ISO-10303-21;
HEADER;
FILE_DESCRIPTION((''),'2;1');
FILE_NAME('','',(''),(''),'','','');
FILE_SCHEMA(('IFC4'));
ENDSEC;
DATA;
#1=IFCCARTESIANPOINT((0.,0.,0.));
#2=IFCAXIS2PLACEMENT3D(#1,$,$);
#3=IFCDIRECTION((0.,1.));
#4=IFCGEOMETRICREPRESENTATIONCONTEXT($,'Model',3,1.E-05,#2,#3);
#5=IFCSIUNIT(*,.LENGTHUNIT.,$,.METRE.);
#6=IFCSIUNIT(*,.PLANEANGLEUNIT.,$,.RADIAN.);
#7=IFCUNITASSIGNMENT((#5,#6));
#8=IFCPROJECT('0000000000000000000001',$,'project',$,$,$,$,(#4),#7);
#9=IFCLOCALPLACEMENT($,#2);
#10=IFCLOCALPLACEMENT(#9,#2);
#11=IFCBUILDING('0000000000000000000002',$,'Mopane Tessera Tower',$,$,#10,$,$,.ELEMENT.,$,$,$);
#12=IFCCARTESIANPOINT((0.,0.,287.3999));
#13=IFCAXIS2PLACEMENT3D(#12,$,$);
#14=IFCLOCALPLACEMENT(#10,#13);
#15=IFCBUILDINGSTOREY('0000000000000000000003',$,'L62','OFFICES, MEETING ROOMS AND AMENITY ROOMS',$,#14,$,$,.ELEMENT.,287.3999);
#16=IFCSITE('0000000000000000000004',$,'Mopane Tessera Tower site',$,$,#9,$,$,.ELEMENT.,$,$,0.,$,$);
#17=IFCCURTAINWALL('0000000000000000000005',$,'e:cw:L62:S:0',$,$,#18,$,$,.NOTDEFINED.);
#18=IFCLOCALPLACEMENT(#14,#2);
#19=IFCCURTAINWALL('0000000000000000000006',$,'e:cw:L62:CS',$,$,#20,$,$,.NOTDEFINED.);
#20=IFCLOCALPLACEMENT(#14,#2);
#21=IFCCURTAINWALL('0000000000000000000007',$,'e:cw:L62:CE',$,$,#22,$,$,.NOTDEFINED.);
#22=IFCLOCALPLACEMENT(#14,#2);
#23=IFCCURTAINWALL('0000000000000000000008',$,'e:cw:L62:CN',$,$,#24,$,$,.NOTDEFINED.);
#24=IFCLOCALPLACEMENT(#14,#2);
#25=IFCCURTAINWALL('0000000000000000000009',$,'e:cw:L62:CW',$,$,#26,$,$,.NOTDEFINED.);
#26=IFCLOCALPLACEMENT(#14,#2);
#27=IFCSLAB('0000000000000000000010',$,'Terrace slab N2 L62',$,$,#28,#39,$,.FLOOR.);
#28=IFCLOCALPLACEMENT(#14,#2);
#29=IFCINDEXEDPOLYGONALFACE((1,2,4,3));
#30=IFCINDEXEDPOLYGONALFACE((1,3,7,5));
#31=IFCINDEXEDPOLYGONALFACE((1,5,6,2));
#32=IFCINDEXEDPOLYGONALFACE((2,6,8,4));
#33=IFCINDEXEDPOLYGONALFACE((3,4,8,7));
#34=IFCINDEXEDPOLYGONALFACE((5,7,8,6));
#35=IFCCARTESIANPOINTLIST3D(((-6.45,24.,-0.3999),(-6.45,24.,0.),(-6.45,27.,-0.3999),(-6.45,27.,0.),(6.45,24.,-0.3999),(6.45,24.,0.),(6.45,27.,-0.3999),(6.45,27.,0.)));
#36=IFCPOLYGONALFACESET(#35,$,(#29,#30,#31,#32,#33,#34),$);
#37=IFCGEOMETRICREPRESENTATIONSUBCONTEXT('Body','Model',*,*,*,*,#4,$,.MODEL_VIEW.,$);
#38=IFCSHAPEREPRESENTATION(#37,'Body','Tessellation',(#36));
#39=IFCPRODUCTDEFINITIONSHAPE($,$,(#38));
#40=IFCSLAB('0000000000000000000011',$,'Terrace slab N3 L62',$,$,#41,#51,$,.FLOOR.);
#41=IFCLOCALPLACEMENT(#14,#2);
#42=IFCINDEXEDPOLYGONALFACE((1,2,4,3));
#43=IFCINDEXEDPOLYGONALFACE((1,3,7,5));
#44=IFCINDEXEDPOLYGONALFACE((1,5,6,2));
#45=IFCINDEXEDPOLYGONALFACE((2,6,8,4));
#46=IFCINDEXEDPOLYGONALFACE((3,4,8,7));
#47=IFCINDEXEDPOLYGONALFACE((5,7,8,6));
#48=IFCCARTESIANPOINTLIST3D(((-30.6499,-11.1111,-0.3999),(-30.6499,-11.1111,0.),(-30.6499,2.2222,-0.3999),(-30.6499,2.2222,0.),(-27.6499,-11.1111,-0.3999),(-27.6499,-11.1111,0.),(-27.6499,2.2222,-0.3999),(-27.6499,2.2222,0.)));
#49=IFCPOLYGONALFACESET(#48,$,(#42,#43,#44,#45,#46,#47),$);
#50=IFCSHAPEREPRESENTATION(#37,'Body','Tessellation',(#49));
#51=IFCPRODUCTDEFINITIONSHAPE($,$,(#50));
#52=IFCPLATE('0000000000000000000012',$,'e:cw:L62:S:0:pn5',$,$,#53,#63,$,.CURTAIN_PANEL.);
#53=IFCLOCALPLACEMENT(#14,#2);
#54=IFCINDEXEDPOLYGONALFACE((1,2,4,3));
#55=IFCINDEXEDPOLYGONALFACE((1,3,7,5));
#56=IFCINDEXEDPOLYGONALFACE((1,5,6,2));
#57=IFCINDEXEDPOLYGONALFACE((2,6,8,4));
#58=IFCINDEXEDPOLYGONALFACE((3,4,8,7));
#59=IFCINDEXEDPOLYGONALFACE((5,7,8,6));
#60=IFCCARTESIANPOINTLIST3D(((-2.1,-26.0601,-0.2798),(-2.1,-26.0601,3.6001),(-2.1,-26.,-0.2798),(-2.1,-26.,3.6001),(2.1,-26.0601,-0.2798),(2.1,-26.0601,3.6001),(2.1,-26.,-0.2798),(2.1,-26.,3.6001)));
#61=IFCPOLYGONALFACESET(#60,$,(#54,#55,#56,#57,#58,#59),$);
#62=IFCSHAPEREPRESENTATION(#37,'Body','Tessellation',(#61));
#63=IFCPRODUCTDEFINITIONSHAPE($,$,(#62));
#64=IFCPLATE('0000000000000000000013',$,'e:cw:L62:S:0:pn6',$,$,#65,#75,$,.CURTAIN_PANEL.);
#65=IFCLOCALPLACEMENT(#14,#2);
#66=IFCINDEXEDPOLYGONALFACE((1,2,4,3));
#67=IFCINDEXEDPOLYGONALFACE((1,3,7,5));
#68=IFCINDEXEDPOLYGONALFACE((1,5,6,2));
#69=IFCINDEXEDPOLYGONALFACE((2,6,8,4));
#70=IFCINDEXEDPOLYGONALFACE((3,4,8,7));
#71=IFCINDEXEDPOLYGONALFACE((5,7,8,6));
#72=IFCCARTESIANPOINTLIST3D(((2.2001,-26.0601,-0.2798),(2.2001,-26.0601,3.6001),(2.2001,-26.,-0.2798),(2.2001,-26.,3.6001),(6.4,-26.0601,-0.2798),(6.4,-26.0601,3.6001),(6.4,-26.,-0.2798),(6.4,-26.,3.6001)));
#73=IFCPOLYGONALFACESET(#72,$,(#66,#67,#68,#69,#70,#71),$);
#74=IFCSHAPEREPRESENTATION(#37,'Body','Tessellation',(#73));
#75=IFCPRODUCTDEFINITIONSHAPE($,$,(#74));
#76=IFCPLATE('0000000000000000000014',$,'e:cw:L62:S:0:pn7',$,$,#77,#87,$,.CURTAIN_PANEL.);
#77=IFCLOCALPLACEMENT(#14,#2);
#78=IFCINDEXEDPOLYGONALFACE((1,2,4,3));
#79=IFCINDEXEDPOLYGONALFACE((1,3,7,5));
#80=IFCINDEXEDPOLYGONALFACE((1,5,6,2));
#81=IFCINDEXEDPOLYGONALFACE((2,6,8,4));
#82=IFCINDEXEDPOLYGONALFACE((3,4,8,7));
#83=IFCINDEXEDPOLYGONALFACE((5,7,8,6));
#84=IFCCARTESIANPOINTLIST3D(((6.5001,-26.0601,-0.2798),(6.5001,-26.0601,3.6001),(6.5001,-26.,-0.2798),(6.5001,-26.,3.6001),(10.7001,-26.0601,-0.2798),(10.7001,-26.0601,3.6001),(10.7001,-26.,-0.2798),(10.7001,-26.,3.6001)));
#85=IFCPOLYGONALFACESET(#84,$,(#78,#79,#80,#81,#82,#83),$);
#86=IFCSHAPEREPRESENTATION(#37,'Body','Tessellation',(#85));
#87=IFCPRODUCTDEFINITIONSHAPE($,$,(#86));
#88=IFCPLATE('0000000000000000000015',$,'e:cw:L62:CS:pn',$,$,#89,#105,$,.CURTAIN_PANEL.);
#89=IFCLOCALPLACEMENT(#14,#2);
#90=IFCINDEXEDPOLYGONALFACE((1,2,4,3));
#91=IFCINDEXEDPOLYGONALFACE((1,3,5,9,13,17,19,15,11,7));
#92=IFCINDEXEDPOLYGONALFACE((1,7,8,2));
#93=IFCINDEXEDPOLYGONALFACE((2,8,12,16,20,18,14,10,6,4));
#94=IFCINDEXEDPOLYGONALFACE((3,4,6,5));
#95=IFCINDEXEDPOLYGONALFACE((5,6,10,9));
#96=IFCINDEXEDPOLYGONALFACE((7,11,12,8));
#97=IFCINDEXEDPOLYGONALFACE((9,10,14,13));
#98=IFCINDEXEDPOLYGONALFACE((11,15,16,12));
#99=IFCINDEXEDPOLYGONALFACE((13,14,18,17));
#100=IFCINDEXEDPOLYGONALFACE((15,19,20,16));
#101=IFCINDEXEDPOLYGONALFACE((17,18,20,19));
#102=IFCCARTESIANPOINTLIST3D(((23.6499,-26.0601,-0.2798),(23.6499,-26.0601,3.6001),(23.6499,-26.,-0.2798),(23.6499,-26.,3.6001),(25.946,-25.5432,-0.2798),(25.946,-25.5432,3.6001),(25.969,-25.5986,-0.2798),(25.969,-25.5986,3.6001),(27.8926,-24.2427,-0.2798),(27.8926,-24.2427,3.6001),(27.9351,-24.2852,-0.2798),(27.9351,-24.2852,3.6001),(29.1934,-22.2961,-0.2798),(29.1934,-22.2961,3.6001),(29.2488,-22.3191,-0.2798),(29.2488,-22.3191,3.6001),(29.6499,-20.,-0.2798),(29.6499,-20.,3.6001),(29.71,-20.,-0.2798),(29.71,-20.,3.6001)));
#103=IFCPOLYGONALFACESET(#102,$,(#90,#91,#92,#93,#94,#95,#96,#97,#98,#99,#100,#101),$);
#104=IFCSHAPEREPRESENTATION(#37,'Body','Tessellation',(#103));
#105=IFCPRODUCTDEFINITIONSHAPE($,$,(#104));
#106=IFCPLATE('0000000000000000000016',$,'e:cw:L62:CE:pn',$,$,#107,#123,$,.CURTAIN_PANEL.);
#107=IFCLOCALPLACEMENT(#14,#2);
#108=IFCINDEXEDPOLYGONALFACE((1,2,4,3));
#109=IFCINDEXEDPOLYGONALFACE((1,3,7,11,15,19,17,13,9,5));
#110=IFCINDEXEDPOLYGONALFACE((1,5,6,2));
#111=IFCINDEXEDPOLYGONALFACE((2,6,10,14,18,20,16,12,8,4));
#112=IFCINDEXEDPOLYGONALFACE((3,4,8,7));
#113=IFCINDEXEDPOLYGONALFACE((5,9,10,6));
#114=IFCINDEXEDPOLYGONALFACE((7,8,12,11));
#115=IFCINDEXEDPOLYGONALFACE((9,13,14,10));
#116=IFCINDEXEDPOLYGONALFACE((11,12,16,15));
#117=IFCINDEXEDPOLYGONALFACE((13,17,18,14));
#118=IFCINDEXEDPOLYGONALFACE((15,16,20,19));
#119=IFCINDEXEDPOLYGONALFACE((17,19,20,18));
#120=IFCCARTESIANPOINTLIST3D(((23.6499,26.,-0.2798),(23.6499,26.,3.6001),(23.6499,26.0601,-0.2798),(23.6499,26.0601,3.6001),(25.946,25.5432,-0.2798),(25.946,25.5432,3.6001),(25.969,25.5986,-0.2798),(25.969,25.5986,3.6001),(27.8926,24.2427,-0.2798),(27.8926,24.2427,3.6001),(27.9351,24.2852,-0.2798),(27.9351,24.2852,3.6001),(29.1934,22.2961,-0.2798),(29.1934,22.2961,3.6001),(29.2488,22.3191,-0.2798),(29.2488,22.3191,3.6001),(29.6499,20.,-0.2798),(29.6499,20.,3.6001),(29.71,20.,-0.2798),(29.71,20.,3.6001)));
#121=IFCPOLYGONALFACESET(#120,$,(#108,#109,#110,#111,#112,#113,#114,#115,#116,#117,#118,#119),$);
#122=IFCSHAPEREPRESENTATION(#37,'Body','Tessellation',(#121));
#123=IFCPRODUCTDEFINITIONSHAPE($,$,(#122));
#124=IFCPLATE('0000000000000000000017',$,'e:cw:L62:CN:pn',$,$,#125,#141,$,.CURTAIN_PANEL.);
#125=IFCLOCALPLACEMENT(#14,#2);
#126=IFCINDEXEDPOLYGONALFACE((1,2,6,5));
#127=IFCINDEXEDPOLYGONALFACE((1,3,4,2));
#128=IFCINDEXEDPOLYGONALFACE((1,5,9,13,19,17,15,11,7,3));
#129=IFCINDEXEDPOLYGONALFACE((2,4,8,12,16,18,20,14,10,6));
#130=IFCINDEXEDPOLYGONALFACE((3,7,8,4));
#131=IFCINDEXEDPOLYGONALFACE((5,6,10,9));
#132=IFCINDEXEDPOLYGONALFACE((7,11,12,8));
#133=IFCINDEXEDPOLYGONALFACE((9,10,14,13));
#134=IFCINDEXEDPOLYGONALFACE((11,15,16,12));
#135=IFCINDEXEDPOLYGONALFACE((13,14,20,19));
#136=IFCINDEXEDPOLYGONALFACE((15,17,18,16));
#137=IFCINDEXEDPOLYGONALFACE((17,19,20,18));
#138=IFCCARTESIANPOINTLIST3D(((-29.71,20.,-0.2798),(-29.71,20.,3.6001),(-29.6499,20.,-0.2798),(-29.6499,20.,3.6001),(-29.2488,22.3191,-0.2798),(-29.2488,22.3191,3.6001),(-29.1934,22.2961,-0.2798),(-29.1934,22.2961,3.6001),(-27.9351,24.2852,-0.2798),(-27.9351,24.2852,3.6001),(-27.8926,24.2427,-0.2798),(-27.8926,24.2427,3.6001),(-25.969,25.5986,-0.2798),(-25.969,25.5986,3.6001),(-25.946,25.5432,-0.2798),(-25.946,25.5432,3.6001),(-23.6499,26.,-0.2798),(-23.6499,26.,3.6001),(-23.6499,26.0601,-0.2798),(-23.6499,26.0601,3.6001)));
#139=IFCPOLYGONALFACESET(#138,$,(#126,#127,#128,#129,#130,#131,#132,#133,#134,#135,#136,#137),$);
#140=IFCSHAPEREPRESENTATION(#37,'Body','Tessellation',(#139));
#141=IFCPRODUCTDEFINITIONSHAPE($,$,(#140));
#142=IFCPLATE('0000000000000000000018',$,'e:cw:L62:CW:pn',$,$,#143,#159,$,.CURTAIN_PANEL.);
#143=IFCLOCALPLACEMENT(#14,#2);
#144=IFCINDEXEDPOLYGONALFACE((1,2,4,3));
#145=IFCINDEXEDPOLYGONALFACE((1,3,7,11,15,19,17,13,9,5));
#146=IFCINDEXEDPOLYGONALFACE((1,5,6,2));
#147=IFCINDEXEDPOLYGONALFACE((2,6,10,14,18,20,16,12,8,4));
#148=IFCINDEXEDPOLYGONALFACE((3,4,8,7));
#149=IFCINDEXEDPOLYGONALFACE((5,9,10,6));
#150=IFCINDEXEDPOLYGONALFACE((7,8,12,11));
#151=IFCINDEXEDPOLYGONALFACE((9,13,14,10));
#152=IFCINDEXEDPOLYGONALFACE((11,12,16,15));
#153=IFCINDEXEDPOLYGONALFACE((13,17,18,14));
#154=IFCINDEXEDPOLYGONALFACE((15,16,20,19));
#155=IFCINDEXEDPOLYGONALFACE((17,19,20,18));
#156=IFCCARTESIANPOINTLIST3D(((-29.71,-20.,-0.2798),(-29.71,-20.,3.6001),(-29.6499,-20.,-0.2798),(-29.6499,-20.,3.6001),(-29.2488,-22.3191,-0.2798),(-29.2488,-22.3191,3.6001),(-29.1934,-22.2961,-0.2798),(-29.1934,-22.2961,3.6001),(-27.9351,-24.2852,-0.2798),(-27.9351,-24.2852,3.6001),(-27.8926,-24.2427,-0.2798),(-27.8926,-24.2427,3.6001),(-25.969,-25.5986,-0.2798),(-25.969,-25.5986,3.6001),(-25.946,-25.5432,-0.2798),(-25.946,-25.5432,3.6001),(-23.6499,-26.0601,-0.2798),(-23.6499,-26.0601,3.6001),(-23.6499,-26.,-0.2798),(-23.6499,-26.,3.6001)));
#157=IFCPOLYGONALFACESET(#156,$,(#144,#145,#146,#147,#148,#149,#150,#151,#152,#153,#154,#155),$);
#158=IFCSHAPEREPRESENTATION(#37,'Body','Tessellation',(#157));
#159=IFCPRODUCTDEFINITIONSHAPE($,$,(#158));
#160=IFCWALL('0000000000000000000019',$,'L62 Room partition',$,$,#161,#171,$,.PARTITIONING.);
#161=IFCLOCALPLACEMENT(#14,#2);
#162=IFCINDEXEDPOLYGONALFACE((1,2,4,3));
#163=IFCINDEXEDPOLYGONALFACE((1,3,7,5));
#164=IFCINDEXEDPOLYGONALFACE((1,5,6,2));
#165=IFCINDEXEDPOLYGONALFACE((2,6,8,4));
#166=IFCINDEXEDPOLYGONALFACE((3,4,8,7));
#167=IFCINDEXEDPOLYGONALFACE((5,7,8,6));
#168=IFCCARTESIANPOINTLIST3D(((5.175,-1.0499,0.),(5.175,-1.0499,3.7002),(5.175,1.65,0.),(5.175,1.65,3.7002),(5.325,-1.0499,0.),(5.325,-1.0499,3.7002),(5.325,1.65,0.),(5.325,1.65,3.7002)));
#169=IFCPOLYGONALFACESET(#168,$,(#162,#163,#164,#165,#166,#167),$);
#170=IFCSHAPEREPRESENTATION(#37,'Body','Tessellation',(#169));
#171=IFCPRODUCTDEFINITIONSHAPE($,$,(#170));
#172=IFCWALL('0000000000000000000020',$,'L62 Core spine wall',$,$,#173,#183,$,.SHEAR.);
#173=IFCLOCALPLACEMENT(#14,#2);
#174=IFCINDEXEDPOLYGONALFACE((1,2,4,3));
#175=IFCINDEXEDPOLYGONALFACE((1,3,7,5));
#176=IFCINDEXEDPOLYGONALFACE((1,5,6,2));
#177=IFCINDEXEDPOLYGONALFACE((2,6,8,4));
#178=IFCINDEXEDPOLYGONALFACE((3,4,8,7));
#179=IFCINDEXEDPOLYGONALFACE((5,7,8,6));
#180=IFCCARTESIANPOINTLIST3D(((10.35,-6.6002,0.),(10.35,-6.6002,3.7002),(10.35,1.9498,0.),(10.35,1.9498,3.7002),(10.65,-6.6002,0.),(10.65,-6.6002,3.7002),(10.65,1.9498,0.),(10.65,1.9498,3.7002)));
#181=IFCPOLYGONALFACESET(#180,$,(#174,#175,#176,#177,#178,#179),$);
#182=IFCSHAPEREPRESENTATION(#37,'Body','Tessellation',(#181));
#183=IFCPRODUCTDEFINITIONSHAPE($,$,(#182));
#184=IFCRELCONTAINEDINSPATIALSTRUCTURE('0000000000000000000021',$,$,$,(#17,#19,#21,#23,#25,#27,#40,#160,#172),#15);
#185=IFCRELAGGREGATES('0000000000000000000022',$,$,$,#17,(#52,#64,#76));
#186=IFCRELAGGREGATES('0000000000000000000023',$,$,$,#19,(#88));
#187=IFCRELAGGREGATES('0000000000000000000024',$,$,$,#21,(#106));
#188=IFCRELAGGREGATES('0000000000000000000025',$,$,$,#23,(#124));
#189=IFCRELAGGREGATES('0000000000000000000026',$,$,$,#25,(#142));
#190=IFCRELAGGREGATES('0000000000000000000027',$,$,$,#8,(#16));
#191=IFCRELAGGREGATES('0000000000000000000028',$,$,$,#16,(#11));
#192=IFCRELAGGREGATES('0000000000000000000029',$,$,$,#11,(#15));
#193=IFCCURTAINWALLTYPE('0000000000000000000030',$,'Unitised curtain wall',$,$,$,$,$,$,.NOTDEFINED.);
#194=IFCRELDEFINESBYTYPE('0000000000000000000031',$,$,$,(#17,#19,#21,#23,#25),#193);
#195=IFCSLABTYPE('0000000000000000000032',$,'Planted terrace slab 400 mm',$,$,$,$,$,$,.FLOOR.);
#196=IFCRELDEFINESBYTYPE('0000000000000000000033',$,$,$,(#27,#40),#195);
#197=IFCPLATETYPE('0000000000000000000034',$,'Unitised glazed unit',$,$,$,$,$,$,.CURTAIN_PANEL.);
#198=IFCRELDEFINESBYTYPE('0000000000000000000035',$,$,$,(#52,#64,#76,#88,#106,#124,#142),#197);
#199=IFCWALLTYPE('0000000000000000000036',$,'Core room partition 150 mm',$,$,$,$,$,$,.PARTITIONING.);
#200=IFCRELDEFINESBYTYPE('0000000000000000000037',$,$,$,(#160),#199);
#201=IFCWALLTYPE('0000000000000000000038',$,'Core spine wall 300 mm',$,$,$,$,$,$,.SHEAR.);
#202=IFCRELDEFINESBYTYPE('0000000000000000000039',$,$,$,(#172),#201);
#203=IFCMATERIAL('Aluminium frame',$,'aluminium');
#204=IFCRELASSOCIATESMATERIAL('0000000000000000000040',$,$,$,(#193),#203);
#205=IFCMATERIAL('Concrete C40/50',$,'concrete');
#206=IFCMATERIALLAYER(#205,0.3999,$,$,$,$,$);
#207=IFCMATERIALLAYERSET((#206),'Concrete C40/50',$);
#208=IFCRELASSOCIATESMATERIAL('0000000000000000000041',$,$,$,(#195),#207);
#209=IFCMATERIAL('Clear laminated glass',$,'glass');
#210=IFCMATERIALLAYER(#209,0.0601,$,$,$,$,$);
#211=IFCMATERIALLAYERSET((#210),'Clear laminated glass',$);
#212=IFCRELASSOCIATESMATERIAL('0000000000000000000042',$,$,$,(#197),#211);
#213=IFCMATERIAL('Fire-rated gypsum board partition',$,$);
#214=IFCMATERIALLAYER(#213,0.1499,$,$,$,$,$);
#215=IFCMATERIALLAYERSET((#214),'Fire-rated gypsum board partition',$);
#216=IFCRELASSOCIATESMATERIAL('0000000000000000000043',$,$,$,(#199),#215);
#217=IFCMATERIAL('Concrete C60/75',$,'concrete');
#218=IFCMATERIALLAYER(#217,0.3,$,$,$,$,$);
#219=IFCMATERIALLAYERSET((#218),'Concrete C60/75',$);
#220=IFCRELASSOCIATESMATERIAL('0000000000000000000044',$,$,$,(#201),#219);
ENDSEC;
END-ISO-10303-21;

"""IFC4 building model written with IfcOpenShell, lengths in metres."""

from ifc_helpers import new_model, si_unit, direction, frame, frame_2d, origin, origin_2d, place, context, subcontext, project, spatial, polyline, rectangle, outline, extrude, material, layer, layer_set, type_object, element, aggregate, save


model = new_model("IFC4")

# Units and contexts
model_context = context("Model", 3, precision=1e-05, world=origin(), true_north=direction((0.0, 1.0)))
body_context = subcontext(model_context, "Body", "Model", "MODEL_VIEW")
ifc_project = project(units=[si_unit("LENGTHUNIT", "METRE"), si_unit("PLANEANGLEUNIT", "RADIAN")], contexts=[model_context])

# Site, building, storey
site_placement = place(None, origin())
site = spatial("IfcSite", under=ifc_project, at=site_placement, Name="Mopane Tessera Tower site", CompositionType="ELEMENT", RefElevation=0.0)
building_placement = place(site_placement, origin())
building = spatial("IfcBuilding", under=site, at=building_placement, Name="Mopane Tessera Tower", CompositionType="ELEMENT")
storey_placement = place(building_placement, frame((0.0, 0.0, 287.3999)))
storey = spatial("IfcBuildingStorey", under=building, at=storey_placement, Name="L62", Description="OFFICES, MEETING ROOMS AND AMENITY ROOMS", CompositionType="ELEMENT", Elevation=287.3999)

# Curtain wall
ifc_material_1 = material(Name="Aluminium frame", Category="aluminium")
curtain_wall_type = type_object("IfcCurtainWallType", Name="Unitised curtain wall", PredefinedType="NOTDEFINED", material=ifc_material_1)
curtain_wall_1_placement = place(storey_placement, origin())
curtain_wall_1 = element("IfcCurtainWall", 1, at=curtain_wall_1_placement, inside=storey, type_object=curtain_wall_type, Name="e:cw:L62:S:0", PredefinedType="NOTDEFINED")

# Curtain walls
curtain_wall_2_placement = place(storey_placement, origin())
curtain_wall_2 = element("IfcCurtainWall", 2, at=curtain_wall_2_placement, inside=storey, type_object=curtain_wall_type, Name="e:cw:L62:CS", PredefinedType="NOTDEFINED")
curtain_wall_3_placement = place(storey_placement, origin())
curtain_wall_3 = element("IfcCurtainWall", 3, at=curtain_wall_3_placement, inside=storey, type_object=curtain_wall_type, Name="e:cw:L62:CE", PredefinedType="NOTDEFINED")
curtain_wall_4_placement = place(storey_placement, origin())
curtain_wall_4 = element("IfcCurtainWall", 4, at=curtain_wall_4_placement, inside=storey, type_object=curtain_wall_type, Name="e:cw:L62:CN", PredefinedType="NOTDEFINED")
curtain_wall_5_placement = place(storey_placement, origin())
curtain_wall_5 = element("IfcCurtainWall", 5, at=curtain_wall_5_placement, inside=storey, type_object=curtain_wall_type, Name="e:cw:L62:CW", PredefinedType="NOTDEFINED")

# Slabs
ifc_material_2 = material(Name="Concrete C40/50", Category="concrete")
ifc_layer_1 = layer(ifc_material_2, 0.3999)
ifc_layer_set_1 = layer_set([ifc_layer_1], Name="Concrete C40/50")
slab_type = type_object("IfcSlabType", Name="Planted terrace slab 400 mm", PredefinedType="FLOOR", material=ifc_layer_set_1)
slab_1_placement = place(storey_placement, frame((0.0, 0.0, -0.3999)))
element("IfcSlab", 6, at=slab_1_placement, inside=storey, type_object=slab_type, Name="Terrace slab N2 L62", PredefinedType="FLOOR", context=body_context, shape_type="SweptSolid", body=[
    extrude(outline(polyline([(-6.45, 27.0), (-6.45, 24.0), (6.45, 24.0), (6.45, 27.0), (-6.45, 27.0)])), origin(), (0.0, 0.0, 1.0), 0.3999),
])
slab_2_placement = place(storey_placement, frame((0.0, 0.0, -0.3999)))
element("IfcSlab", 7, at=slab_2_placement, inside=storey, type_object=slab_type, Name="Terrace slab N3 L62", PredefinedType="FLOOR", context=body_context, shape_type="SweptSolid", body=[
    extrude(outline(polyline([(-30.6499, -11.1111), (-27.6499, -11.1111), (-27.6499, 2.2222), (-30.6499, 2.2222), (-30.6499, -11.1111)])), origin(), (0.0, 0.0, 1.0), 0.3999),
])

# Plates
ifc_material_3 = material(Name="Clear laminated glass", Category="glass")
ifc_layer_2 = layer(ifc_material_3, 0.0601)
ifc_layer_set_2 = layer_set([ifc_layer_2], Name="Clear laminated glass")
plate_type = type_object("IfcPlateType", Name="Unitised glazed unit", PredefinedType="CURTAIN_PANEL", material=ifc_layer_set_2)
plate_1_placement = place(storey_placement, frame((0.0, -26.03, -0.2798), z_axis=(0.0, 0.0, 1.0), x_axis=(1.0, 0.0, 0.0)))
plate_1 = element("IfcPlate", 8, at=plate_1_placement, type_object=plate_type, Name="e:cw:L62:S:0:pn5", PredefinedType="CURTAIN_PANEL", context=body_context, shape_type="SweptSolid", body=[
    extrude(rectangle(XDim=4.2, YDim=0.0601, at=origin_2d()), origin(), (0.0, 0.0, 1.0), 3.8799),
])
plate_2_placement = place(storey_placement, frame((4.3, -26.03, -0.2798), z_axis=(0.0, 0.0, 1.0), x_axis=(1.0, 0.0, 0.0)))
plate_2 = element("IfcPlate", 9, at=plate_2_placement, type_object=plate_type, Name="e:cw:L62:S:0:pn6", PredefinedType="CURTAIN_PANEL", context=body_context, shape_type="SweptSolid", body=[
    extrude(rectangle(XDim=4.2, YDim=0.0601, at=origin_2d()), origin(), (0.0, 0.0, 1.0), 3.8799),
])
plate_3_placement = place(storey_placement, frame((8.6001, -26.03, -0.2798), z_axis=(0.0, 0.0, 1.0), x_axis=(1.0, 0.0, 0.0)))
plate_3 = element("IfcPlate", 10, at=plate_3_placement, type_object=plate_type, Name="e:cw:L62:S:0:pn7", PredefinedType="CURTAIN_PANEL", context=body_context, shape_type="SweptSolid", body=[
    extrude(rectangle(XDim=4.2, YDim=0.0601, at=origin_2d()), origin(), (0.0, 0.0, 1.0), 3.8799),
])
aggregate(curtain_wall_1, [plate_1, plate_2, plate_3])
plate_4_placement = place(storey_placement, frame((0.0, 0.0, -0.2798)))
plate_4 = element("IfcPlate", 11, at=plate_4_placement, type_object=plate_type, Name="e:cw:L62:CS:pn", PredefinedType="CURTAIN_PANEL", context=body_context, shape_type="SweptSolid", body=[
    extrude(outline(polyline([(23.6499, -26.0), (25.946, -25.5432), (27.8926, -24.2427), (29.1934, -22.2961), (29.6499, -20.0), (29.71, -20.0), (29.2488, -22.3191), (27.9351, -24.2852), (25.969, -25.5986), (23.6499, -26.0601), (23.6499, -26.0)])), origin(), (0.0, 0.0, 1.0), 3.8799),
])
aggregate(curtain_wall_2, [plate_4])
plate_5_placement = place(storey_placement, frame((0.0, 0.0, -0.2798)))
plate_5 = element("IfcPlate", 12, at=plate_5_placement, type_object=plate_type, Name="e:cw:L62:CE:pn", PredefinedType="CURTAIN_PANEL", context=body_context, shape_type="SweptSolid", body=[
    extrude(outline(polyline([(29.6499, 20.0), (29.1934, 22.2961), (27.8926, 24.2427), (25.946, 25.5432), (23.6499, 26.0), (23.6499, 26.0601), (25.969, 25.5986), (27.9351, 24.2852), (29.2488, 22.3191), (29.71, 20.0), (29.6499, 20.0)])), origin(), (0.0, 0.0, 1.0), 3.8799),
])
aggregate(curtain_wall_3, [plate_5])
plate_6_placement = place(storey_placement, frame((0.0, 0.0, -0.2798)))
plate_6 = element("IfcPlate", 13, at=plate_6_placement, type_object=plate_type, Name="e:cw:L62:CN:pn", PredefinedType="CURTAIN_PANEL", context=body_context, shape_type="SweptSolid", body=[
    extrude(outline(polyline([(-23.6499, 26.0), (-25.946, 25.5432), (-27.8926, 24.2427), (-29.1934, 22.2961), (-29.6499, 20.0), (-29.71, 20.0), (-29.2488, 22.3191), (-27.9351, 24.2852), (-25.969, 25.5986), (-23.6499, 26.0601), (-23.6499, 26.0)])), origin(), (0.0, 0.0, 1.0), 3.8799),
])
aggregate(curtain_wall_4, [plate_6])
plate_7_placement = place(storey_placement, frame((0.0, 0.0, -0.2798)))
plate_7 = element("IfcPlate", 14, at=plate_7_placement, type_object=plate_type, Name="e:cw:L62:CW:pn", PredefinedType="CURTAIN_PANEL", context=body_context, shape_type="SweptSolid", body=[
    extrude(outline(polyline([(-29.6499, -20.0), (-29.1934, -22.2961), (-27.8926, -24.2427), (-25.946, -25.5432), (-23.6499, -26.0), (-23.6499, -26.0601), (-25.969, -25.5986), (-27.9351, -24.2852), (-29.2488, -22.3191), (-29.71, -20.0), (-29.6499, -20.0)])), origin(), (0.0, 0.0, 1.0), 3.8799),
])
aggregate(curtain_wall_5, [plate_7])

# Walls
ifc_material_4 = material(Name="Fire-rated gypsum board partition")
ifc_layer_3 = layer(ifc_material_4, 0.1499)
ifc_layer_set_3 = layer_set([ifc_layer_3], Name="Fire-rated gypsum board partition")
wall_type_1 = type_object("IfcWallType", Name="Core room partition 150 mm", PredefinedType="PARTITIONING", material=ifc_layer_set_3)
wall_1_placement = place(storey_placement, frame((5.25, -1.05, 0.0), z_axis=(0.0, 0.0, 1.0), x_axis=(0.0, 1.0, 0.0)))
element("IfcWall", 15, at=wall_1_placement, inside=storey, type_object=wall_type_1, Name="L62 Room partition", PredefinedType="PARTITIONING", context=body_context, shape_type="SweptSolid", body=[
    extrude(rectangle(XDim=2.7, YDim=0.1499, at=frame_2d((1.3501, 0.0))), origin(), (0.0, 0.0, 1.0), 3.7002),
])
ifc_material_5 = material(Name="Concrete C60/75", Category="concrete")
ifc_layer_4 = layer(ifc_material_5, 0.3)
ifc_layer_set_4 = layer_set([ifc_layer_4], Name="Concrete C60/75")
wall_type_2 = type_object("IfcWallType", Name="Core spine wall 300 mm", PredefinedType="SHEAR", material=ifc_layer_set_4)
wall_2_placement = place(storey_placement, frame((10.5, -6.6001, 0.0), z_axis=(0.0, 0.0, 1.0), x_axis=(0.0, 1.0, 0.0)))
element("IfcWall", 16, at=wall_2_placement, inside=storey, type_object=wall_type_2, Name="L62 Core spine wall", PredefinedType="SHEAR", context=body_context, shape_type="SweptSolid", body=[
    extrude(rectangle(XDim=8.55, YDim=0.3, at=frame_2d((4.2749, 0.0))), origin(), (0.0, 0.0, 1.0), 3.7002),
])

save(model, "model.ifc")
